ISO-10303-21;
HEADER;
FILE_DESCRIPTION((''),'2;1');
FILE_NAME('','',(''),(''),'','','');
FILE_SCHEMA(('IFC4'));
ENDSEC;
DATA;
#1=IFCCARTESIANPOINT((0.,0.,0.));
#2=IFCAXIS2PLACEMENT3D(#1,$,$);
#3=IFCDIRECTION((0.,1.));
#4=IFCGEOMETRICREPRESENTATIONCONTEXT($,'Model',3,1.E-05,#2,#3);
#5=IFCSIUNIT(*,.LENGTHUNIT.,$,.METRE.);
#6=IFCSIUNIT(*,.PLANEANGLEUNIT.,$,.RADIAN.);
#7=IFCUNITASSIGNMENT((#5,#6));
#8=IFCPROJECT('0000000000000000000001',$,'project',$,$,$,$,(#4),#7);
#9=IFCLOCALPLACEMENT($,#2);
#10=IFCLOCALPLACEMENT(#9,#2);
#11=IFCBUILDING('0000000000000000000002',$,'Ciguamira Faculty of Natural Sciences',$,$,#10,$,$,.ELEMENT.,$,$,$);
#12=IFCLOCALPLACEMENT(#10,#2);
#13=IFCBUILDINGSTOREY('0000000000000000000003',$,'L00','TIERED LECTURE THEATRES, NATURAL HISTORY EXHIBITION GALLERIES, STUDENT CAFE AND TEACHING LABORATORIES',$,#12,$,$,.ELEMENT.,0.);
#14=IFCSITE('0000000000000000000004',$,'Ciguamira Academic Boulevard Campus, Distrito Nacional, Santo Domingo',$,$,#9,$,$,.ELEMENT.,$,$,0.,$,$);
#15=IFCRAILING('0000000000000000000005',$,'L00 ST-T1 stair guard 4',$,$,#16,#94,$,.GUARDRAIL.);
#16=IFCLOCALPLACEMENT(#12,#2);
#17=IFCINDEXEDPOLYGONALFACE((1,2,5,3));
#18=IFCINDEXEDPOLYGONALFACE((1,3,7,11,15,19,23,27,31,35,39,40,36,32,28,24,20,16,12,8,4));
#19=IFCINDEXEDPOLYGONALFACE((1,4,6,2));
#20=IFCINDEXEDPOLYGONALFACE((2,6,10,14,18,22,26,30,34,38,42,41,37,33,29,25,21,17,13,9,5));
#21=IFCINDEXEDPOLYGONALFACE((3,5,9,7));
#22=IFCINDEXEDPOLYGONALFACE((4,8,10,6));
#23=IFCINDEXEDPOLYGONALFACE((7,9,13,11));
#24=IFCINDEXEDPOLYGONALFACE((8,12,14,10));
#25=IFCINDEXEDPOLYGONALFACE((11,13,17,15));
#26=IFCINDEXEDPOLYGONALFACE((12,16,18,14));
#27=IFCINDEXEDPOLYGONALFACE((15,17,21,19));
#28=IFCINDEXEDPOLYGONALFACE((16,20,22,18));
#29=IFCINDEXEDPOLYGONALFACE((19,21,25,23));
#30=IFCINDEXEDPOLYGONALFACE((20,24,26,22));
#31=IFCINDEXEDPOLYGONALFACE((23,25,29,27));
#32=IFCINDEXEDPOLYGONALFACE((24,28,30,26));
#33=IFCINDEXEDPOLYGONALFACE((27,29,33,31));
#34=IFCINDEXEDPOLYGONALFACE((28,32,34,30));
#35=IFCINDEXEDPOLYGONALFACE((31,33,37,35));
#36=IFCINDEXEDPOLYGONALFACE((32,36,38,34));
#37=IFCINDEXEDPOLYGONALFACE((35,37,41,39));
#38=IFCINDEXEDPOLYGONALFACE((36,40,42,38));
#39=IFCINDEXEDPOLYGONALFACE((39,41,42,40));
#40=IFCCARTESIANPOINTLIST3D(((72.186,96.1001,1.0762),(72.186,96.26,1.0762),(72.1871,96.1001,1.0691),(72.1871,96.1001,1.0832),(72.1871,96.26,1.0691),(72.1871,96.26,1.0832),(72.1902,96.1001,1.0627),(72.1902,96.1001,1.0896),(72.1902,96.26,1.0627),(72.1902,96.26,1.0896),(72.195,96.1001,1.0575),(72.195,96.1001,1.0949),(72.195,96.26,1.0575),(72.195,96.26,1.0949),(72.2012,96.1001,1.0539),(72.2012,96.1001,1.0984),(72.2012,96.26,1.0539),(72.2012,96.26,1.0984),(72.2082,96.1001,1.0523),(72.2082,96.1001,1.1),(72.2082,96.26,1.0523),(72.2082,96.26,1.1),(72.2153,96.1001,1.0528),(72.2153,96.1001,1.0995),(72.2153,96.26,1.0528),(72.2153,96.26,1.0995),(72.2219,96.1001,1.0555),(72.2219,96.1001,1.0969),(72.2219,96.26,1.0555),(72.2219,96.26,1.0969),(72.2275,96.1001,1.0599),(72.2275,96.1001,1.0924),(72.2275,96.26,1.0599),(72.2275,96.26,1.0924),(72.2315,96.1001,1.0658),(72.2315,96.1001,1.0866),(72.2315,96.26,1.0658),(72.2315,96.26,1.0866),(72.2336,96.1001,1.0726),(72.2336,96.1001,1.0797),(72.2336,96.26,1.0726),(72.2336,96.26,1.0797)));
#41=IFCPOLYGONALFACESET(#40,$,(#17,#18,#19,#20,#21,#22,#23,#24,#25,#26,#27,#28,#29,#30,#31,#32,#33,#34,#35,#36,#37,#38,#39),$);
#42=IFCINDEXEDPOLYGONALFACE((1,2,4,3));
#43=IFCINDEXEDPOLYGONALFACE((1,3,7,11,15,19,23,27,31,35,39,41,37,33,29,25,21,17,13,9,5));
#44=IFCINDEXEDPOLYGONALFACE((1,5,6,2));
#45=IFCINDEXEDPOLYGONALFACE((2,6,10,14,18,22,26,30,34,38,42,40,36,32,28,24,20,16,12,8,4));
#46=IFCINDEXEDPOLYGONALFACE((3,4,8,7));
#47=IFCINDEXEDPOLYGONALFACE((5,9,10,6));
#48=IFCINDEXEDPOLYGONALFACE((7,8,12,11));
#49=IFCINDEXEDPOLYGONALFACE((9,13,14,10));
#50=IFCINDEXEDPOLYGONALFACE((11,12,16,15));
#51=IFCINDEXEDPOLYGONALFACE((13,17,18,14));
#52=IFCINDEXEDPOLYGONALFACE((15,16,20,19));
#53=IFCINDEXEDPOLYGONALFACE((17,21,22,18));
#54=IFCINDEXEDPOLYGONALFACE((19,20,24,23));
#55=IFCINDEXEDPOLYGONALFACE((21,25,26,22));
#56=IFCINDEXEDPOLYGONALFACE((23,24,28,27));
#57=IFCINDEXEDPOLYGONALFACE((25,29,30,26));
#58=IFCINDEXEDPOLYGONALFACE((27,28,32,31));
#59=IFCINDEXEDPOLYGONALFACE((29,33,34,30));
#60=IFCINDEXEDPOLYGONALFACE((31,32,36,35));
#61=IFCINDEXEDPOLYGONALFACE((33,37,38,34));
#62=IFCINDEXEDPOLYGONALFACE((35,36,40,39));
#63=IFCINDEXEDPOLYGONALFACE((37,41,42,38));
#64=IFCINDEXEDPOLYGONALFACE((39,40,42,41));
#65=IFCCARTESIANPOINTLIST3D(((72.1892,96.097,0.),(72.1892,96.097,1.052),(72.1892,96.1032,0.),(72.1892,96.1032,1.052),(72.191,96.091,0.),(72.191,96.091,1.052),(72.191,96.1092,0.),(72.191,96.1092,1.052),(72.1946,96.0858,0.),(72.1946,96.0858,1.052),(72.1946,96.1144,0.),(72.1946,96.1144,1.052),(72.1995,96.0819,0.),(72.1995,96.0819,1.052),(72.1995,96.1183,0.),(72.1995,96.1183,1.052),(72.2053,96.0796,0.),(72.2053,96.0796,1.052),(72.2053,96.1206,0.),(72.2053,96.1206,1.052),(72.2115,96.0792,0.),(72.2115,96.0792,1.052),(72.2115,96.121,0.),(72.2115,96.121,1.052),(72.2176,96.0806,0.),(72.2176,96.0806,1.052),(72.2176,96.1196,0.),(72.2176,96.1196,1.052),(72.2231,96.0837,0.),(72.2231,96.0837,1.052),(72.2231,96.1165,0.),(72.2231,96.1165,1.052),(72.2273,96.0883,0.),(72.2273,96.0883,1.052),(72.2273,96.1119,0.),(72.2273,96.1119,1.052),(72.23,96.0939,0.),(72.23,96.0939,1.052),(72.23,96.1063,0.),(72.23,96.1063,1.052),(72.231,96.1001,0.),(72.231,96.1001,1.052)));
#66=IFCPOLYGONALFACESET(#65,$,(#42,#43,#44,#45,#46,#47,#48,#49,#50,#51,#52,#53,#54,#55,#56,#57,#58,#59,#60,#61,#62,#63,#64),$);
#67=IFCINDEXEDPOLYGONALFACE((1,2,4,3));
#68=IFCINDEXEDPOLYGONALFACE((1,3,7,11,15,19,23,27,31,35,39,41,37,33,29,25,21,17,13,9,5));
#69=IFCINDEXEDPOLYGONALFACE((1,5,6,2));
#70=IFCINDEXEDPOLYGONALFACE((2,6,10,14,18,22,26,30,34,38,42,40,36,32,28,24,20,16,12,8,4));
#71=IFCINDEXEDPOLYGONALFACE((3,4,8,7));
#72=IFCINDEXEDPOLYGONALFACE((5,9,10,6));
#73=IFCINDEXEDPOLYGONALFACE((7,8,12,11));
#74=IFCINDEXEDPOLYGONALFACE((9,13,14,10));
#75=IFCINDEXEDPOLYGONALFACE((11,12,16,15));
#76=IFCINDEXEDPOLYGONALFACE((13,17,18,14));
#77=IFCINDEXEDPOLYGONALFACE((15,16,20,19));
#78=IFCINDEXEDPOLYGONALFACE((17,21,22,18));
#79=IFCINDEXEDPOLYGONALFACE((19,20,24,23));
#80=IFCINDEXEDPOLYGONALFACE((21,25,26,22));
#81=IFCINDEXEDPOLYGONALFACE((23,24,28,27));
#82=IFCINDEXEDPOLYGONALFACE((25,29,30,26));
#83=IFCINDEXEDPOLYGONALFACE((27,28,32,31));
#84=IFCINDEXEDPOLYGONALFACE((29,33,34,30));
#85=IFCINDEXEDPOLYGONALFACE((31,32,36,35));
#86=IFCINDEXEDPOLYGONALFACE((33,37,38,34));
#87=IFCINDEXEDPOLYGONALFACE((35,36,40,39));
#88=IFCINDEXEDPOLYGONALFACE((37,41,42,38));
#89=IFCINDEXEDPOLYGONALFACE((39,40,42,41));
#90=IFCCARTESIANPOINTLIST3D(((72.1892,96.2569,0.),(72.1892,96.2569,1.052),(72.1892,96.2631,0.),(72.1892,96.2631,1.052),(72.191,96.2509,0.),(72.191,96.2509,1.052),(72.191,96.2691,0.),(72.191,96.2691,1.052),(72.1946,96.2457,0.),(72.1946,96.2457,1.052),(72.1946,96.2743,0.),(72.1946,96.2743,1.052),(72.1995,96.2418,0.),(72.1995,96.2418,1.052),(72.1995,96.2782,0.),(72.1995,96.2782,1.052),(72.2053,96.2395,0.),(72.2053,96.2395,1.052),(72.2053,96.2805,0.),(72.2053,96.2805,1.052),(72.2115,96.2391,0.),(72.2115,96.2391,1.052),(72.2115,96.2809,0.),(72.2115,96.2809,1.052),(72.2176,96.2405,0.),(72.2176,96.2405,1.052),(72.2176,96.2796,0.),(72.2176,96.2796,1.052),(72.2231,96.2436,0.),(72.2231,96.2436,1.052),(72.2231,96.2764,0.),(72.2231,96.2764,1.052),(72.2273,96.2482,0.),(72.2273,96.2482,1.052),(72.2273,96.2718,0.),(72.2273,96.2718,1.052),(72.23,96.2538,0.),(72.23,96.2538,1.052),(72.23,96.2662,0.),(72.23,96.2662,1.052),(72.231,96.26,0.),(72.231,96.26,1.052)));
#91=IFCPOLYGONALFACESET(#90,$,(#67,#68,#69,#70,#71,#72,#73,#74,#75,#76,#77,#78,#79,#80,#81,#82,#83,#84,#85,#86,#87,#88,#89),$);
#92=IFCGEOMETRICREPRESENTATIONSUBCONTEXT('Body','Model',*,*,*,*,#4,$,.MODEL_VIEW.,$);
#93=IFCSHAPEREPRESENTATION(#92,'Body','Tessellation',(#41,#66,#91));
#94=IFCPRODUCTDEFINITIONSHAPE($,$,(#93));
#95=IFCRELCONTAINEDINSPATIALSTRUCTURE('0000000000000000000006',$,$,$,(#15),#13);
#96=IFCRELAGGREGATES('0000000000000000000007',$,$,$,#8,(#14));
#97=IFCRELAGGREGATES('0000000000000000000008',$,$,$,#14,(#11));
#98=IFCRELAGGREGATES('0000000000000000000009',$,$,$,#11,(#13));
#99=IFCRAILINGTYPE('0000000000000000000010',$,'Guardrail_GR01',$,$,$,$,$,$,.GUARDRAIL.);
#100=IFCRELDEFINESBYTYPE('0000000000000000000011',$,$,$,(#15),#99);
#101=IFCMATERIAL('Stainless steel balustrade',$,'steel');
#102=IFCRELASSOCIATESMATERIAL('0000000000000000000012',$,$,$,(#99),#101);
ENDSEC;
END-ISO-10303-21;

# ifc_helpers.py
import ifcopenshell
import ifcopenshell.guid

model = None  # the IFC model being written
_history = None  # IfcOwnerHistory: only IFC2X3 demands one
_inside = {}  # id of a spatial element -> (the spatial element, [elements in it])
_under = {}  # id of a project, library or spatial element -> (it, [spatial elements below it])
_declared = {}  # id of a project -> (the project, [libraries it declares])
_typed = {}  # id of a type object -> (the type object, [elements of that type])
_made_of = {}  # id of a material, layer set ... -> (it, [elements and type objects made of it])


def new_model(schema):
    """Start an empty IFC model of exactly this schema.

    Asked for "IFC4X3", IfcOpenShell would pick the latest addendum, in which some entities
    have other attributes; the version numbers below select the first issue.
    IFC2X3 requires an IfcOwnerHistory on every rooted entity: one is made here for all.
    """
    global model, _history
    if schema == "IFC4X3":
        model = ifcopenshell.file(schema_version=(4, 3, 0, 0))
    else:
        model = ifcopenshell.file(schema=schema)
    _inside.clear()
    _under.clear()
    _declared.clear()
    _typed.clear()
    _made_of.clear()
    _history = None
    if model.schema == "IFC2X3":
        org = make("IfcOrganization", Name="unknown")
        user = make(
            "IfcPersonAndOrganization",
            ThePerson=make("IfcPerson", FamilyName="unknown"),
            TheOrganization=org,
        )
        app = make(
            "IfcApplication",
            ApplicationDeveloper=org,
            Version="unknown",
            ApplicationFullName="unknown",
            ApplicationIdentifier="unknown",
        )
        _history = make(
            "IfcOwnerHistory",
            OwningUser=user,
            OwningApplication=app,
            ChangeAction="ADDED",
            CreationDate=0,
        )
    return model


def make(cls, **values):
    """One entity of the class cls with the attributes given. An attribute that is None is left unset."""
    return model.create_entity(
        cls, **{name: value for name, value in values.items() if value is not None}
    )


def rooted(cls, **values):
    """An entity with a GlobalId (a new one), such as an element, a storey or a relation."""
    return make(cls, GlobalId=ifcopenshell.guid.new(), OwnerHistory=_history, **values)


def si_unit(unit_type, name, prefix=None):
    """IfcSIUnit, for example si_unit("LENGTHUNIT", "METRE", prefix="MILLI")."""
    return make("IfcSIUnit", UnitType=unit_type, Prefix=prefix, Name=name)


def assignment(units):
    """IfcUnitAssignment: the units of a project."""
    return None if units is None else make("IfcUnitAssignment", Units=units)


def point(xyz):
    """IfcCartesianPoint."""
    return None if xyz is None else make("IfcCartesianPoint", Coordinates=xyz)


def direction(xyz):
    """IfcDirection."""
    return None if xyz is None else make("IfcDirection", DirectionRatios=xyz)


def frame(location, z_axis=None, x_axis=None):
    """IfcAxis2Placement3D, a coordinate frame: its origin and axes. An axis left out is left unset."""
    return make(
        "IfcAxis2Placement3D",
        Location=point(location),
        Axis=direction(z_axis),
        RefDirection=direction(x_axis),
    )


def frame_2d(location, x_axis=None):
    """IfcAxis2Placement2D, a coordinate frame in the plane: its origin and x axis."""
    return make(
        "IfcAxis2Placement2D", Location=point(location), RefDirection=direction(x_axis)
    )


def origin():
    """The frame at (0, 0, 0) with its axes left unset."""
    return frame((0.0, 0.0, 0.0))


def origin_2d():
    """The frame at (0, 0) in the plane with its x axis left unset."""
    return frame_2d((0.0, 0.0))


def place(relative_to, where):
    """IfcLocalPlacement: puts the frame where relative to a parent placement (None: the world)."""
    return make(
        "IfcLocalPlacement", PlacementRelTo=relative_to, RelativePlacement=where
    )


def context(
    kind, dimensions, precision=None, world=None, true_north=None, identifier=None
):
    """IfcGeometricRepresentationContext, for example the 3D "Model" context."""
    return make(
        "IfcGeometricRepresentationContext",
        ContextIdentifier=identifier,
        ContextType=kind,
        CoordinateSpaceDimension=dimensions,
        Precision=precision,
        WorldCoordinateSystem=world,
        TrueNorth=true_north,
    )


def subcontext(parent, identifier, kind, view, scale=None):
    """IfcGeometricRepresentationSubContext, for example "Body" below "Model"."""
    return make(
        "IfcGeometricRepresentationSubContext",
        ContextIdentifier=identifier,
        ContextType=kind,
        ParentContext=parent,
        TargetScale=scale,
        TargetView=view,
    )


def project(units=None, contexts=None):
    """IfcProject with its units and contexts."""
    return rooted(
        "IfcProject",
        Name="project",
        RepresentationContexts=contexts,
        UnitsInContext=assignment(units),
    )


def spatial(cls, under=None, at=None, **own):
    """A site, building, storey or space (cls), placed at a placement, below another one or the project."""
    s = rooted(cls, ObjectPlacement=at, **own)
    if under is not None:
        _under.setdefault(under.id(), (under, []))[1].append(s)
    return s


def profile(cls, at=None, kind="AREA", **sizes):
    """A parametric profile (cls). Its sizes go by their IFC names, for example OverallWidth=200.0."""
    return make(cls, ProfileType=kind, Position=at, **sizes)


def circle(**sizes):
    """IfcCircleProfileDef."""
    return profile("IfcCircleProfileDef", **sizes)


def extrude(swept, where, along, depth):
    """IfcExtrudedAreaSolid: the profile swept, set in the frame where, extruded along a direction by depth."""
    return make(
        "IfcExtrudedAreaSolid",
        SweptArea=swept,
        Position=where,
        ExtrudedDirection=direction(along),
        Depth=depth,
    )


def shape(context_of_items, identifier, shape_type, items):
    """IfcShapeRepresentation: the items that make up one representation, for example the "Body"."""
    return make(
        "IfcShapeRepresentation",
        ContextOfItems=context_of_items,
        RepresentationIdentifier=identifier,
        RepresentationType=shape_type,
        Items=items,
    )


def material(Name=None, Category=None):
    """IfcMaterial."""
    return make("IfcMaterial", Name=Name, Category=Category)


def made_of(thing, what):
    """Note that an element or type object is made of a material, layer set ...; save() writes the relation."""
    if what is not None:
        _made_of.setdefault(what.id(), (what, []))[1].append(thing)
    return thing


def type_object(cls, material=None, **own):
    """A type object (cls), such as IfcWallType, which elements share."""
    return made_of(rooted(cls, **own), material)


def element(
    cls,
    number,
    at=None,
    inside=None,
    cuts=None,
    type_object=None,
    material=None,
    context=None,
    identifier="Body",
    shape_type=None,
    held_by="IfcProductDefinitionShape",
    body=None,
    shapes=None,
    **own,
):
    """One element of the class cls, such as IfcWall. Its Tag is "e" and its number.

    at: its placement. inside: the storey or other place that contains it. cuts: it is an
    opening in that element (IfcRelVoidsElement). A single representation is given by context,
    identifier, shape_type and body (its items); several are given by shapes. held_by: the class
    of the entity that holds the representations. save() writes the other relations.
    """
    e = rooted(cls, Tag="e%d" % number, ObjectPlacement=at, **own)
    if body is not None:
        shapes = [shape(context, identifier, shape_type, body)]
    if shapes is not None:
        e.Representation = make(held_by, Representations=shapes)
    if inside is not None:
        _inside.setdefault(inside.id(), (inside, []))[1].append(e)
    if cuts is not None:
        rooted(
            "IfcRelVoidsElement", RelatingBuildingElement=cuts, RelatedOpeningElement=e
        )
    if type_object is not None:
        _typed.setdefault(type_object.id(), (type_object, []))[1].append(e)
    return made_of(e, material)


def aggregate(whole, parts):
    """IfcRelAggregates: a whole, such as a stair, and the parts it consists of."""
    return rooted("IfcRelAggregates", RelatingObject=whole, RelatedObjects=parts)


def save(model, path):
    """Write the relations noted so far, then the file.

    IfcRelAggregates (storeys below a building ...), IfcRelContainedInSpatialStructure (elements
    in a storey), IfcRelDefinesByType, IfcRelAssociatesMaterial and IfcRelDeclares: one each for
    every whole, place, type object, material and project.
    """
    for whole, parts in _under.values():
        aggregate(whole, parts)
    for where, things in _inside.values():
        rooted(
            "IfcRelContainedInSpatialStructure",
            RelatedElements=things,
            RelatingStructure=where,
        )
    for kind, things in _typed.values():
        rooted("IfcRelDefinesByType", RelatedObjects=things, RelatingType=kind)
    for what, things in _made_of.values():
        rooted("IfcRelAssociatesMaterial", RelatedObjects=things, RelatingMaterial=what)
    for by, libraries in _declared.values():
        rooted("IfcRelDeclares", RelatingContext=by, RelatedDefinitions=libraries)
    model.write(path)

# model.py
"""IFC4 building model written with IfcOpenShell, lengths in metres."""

from ifc_helpers import new_model, si_unit, direction, frame, origin, origin_2d, place, context, subcontext, project, spatial, circle, extrude, material, type_object, element, save


model = new_model("IFC4")

# Units and contexts
model_context = context("Model", 3, precision=1e-05, world=origin(), true_north=direction((0.0, 1.0)))
body_context = subcontext(model_context, "Body", "Model", "MODEL_VIEW")
ifc_project = project(units=[si_unit("LENGTHUNIT", "METRE"), si_unit("PLANEANGLEUNIT", "RADIAN")], contexts=[model_context])

# Site, building, storey
site_placement = place(None, origin())
site = spatial("IfcSite", under=ifc_project, at=site_placement, Name="Ciguamira Academic Boulevard Campus, Distrito Nacional, Santo Domingo", CompositionType="ELEMENT", RefElevation=0.0)
building_placement = place(site_placement, origin())
building = spatial("IfcBuilding", under=site, at=building_placement, Name="Ciguamira Faculty of Natural Sciences", CompositionType="ELEMENT")
storey_placement = place(building_placement, origin())
storey = spatial("IfcBuildingStorey", under=building, at=storey_placement, Name="L00", Description="TIERED LECTURE THEATRES, NATURAL HISTORY EXHIBITION GALLERIES, STUDENT CAFE AND TEACHING LABORATORIES", CompositionType="ELEMENT", Elevation=0.0)

# Railing
ifc_material_1 = material(Name="Stainless steel balustrade", Category="steel")
railing_type_1 = type_object("IfcRailingType", Name="Guardrail_GR01", PredefinedType="GUARDRAIL", material=ifc_material_1)
railing_1_placement = place(storey_placement, frame((72.21, 96.1001, 0.0)))
element("IfcRailing", 1, at=railing_1_placement, inside=storey, type_object=railing_type_1, Name="L00 ST-T1 stair guard 4", PredefinedType="GUARDRAIL", context=body_context, shape_type="SweptSolid", body=[
    extrude(circle(Radius=0.0239, at=origin_2d()), frame((0.0, 0.0, 1.0762), z_axis=(0.0, 1.0, 0.0), x_axis=(-1.0, 0.0, 0.0)), (0.0, 0.0, 1.0), 0.1599),
    extrude(circle(Radius=0.021, at=origin_2d()), origin(), (0.0, 0.0, 1.0), 1.052),
    extrude(circle(Radius=0.021, at=origin_2d()), frame((0.0, 0.1599, 0.0)), (0.0, 0.0, 1.0), 1.052),
])

save(model, "model.ifc")
